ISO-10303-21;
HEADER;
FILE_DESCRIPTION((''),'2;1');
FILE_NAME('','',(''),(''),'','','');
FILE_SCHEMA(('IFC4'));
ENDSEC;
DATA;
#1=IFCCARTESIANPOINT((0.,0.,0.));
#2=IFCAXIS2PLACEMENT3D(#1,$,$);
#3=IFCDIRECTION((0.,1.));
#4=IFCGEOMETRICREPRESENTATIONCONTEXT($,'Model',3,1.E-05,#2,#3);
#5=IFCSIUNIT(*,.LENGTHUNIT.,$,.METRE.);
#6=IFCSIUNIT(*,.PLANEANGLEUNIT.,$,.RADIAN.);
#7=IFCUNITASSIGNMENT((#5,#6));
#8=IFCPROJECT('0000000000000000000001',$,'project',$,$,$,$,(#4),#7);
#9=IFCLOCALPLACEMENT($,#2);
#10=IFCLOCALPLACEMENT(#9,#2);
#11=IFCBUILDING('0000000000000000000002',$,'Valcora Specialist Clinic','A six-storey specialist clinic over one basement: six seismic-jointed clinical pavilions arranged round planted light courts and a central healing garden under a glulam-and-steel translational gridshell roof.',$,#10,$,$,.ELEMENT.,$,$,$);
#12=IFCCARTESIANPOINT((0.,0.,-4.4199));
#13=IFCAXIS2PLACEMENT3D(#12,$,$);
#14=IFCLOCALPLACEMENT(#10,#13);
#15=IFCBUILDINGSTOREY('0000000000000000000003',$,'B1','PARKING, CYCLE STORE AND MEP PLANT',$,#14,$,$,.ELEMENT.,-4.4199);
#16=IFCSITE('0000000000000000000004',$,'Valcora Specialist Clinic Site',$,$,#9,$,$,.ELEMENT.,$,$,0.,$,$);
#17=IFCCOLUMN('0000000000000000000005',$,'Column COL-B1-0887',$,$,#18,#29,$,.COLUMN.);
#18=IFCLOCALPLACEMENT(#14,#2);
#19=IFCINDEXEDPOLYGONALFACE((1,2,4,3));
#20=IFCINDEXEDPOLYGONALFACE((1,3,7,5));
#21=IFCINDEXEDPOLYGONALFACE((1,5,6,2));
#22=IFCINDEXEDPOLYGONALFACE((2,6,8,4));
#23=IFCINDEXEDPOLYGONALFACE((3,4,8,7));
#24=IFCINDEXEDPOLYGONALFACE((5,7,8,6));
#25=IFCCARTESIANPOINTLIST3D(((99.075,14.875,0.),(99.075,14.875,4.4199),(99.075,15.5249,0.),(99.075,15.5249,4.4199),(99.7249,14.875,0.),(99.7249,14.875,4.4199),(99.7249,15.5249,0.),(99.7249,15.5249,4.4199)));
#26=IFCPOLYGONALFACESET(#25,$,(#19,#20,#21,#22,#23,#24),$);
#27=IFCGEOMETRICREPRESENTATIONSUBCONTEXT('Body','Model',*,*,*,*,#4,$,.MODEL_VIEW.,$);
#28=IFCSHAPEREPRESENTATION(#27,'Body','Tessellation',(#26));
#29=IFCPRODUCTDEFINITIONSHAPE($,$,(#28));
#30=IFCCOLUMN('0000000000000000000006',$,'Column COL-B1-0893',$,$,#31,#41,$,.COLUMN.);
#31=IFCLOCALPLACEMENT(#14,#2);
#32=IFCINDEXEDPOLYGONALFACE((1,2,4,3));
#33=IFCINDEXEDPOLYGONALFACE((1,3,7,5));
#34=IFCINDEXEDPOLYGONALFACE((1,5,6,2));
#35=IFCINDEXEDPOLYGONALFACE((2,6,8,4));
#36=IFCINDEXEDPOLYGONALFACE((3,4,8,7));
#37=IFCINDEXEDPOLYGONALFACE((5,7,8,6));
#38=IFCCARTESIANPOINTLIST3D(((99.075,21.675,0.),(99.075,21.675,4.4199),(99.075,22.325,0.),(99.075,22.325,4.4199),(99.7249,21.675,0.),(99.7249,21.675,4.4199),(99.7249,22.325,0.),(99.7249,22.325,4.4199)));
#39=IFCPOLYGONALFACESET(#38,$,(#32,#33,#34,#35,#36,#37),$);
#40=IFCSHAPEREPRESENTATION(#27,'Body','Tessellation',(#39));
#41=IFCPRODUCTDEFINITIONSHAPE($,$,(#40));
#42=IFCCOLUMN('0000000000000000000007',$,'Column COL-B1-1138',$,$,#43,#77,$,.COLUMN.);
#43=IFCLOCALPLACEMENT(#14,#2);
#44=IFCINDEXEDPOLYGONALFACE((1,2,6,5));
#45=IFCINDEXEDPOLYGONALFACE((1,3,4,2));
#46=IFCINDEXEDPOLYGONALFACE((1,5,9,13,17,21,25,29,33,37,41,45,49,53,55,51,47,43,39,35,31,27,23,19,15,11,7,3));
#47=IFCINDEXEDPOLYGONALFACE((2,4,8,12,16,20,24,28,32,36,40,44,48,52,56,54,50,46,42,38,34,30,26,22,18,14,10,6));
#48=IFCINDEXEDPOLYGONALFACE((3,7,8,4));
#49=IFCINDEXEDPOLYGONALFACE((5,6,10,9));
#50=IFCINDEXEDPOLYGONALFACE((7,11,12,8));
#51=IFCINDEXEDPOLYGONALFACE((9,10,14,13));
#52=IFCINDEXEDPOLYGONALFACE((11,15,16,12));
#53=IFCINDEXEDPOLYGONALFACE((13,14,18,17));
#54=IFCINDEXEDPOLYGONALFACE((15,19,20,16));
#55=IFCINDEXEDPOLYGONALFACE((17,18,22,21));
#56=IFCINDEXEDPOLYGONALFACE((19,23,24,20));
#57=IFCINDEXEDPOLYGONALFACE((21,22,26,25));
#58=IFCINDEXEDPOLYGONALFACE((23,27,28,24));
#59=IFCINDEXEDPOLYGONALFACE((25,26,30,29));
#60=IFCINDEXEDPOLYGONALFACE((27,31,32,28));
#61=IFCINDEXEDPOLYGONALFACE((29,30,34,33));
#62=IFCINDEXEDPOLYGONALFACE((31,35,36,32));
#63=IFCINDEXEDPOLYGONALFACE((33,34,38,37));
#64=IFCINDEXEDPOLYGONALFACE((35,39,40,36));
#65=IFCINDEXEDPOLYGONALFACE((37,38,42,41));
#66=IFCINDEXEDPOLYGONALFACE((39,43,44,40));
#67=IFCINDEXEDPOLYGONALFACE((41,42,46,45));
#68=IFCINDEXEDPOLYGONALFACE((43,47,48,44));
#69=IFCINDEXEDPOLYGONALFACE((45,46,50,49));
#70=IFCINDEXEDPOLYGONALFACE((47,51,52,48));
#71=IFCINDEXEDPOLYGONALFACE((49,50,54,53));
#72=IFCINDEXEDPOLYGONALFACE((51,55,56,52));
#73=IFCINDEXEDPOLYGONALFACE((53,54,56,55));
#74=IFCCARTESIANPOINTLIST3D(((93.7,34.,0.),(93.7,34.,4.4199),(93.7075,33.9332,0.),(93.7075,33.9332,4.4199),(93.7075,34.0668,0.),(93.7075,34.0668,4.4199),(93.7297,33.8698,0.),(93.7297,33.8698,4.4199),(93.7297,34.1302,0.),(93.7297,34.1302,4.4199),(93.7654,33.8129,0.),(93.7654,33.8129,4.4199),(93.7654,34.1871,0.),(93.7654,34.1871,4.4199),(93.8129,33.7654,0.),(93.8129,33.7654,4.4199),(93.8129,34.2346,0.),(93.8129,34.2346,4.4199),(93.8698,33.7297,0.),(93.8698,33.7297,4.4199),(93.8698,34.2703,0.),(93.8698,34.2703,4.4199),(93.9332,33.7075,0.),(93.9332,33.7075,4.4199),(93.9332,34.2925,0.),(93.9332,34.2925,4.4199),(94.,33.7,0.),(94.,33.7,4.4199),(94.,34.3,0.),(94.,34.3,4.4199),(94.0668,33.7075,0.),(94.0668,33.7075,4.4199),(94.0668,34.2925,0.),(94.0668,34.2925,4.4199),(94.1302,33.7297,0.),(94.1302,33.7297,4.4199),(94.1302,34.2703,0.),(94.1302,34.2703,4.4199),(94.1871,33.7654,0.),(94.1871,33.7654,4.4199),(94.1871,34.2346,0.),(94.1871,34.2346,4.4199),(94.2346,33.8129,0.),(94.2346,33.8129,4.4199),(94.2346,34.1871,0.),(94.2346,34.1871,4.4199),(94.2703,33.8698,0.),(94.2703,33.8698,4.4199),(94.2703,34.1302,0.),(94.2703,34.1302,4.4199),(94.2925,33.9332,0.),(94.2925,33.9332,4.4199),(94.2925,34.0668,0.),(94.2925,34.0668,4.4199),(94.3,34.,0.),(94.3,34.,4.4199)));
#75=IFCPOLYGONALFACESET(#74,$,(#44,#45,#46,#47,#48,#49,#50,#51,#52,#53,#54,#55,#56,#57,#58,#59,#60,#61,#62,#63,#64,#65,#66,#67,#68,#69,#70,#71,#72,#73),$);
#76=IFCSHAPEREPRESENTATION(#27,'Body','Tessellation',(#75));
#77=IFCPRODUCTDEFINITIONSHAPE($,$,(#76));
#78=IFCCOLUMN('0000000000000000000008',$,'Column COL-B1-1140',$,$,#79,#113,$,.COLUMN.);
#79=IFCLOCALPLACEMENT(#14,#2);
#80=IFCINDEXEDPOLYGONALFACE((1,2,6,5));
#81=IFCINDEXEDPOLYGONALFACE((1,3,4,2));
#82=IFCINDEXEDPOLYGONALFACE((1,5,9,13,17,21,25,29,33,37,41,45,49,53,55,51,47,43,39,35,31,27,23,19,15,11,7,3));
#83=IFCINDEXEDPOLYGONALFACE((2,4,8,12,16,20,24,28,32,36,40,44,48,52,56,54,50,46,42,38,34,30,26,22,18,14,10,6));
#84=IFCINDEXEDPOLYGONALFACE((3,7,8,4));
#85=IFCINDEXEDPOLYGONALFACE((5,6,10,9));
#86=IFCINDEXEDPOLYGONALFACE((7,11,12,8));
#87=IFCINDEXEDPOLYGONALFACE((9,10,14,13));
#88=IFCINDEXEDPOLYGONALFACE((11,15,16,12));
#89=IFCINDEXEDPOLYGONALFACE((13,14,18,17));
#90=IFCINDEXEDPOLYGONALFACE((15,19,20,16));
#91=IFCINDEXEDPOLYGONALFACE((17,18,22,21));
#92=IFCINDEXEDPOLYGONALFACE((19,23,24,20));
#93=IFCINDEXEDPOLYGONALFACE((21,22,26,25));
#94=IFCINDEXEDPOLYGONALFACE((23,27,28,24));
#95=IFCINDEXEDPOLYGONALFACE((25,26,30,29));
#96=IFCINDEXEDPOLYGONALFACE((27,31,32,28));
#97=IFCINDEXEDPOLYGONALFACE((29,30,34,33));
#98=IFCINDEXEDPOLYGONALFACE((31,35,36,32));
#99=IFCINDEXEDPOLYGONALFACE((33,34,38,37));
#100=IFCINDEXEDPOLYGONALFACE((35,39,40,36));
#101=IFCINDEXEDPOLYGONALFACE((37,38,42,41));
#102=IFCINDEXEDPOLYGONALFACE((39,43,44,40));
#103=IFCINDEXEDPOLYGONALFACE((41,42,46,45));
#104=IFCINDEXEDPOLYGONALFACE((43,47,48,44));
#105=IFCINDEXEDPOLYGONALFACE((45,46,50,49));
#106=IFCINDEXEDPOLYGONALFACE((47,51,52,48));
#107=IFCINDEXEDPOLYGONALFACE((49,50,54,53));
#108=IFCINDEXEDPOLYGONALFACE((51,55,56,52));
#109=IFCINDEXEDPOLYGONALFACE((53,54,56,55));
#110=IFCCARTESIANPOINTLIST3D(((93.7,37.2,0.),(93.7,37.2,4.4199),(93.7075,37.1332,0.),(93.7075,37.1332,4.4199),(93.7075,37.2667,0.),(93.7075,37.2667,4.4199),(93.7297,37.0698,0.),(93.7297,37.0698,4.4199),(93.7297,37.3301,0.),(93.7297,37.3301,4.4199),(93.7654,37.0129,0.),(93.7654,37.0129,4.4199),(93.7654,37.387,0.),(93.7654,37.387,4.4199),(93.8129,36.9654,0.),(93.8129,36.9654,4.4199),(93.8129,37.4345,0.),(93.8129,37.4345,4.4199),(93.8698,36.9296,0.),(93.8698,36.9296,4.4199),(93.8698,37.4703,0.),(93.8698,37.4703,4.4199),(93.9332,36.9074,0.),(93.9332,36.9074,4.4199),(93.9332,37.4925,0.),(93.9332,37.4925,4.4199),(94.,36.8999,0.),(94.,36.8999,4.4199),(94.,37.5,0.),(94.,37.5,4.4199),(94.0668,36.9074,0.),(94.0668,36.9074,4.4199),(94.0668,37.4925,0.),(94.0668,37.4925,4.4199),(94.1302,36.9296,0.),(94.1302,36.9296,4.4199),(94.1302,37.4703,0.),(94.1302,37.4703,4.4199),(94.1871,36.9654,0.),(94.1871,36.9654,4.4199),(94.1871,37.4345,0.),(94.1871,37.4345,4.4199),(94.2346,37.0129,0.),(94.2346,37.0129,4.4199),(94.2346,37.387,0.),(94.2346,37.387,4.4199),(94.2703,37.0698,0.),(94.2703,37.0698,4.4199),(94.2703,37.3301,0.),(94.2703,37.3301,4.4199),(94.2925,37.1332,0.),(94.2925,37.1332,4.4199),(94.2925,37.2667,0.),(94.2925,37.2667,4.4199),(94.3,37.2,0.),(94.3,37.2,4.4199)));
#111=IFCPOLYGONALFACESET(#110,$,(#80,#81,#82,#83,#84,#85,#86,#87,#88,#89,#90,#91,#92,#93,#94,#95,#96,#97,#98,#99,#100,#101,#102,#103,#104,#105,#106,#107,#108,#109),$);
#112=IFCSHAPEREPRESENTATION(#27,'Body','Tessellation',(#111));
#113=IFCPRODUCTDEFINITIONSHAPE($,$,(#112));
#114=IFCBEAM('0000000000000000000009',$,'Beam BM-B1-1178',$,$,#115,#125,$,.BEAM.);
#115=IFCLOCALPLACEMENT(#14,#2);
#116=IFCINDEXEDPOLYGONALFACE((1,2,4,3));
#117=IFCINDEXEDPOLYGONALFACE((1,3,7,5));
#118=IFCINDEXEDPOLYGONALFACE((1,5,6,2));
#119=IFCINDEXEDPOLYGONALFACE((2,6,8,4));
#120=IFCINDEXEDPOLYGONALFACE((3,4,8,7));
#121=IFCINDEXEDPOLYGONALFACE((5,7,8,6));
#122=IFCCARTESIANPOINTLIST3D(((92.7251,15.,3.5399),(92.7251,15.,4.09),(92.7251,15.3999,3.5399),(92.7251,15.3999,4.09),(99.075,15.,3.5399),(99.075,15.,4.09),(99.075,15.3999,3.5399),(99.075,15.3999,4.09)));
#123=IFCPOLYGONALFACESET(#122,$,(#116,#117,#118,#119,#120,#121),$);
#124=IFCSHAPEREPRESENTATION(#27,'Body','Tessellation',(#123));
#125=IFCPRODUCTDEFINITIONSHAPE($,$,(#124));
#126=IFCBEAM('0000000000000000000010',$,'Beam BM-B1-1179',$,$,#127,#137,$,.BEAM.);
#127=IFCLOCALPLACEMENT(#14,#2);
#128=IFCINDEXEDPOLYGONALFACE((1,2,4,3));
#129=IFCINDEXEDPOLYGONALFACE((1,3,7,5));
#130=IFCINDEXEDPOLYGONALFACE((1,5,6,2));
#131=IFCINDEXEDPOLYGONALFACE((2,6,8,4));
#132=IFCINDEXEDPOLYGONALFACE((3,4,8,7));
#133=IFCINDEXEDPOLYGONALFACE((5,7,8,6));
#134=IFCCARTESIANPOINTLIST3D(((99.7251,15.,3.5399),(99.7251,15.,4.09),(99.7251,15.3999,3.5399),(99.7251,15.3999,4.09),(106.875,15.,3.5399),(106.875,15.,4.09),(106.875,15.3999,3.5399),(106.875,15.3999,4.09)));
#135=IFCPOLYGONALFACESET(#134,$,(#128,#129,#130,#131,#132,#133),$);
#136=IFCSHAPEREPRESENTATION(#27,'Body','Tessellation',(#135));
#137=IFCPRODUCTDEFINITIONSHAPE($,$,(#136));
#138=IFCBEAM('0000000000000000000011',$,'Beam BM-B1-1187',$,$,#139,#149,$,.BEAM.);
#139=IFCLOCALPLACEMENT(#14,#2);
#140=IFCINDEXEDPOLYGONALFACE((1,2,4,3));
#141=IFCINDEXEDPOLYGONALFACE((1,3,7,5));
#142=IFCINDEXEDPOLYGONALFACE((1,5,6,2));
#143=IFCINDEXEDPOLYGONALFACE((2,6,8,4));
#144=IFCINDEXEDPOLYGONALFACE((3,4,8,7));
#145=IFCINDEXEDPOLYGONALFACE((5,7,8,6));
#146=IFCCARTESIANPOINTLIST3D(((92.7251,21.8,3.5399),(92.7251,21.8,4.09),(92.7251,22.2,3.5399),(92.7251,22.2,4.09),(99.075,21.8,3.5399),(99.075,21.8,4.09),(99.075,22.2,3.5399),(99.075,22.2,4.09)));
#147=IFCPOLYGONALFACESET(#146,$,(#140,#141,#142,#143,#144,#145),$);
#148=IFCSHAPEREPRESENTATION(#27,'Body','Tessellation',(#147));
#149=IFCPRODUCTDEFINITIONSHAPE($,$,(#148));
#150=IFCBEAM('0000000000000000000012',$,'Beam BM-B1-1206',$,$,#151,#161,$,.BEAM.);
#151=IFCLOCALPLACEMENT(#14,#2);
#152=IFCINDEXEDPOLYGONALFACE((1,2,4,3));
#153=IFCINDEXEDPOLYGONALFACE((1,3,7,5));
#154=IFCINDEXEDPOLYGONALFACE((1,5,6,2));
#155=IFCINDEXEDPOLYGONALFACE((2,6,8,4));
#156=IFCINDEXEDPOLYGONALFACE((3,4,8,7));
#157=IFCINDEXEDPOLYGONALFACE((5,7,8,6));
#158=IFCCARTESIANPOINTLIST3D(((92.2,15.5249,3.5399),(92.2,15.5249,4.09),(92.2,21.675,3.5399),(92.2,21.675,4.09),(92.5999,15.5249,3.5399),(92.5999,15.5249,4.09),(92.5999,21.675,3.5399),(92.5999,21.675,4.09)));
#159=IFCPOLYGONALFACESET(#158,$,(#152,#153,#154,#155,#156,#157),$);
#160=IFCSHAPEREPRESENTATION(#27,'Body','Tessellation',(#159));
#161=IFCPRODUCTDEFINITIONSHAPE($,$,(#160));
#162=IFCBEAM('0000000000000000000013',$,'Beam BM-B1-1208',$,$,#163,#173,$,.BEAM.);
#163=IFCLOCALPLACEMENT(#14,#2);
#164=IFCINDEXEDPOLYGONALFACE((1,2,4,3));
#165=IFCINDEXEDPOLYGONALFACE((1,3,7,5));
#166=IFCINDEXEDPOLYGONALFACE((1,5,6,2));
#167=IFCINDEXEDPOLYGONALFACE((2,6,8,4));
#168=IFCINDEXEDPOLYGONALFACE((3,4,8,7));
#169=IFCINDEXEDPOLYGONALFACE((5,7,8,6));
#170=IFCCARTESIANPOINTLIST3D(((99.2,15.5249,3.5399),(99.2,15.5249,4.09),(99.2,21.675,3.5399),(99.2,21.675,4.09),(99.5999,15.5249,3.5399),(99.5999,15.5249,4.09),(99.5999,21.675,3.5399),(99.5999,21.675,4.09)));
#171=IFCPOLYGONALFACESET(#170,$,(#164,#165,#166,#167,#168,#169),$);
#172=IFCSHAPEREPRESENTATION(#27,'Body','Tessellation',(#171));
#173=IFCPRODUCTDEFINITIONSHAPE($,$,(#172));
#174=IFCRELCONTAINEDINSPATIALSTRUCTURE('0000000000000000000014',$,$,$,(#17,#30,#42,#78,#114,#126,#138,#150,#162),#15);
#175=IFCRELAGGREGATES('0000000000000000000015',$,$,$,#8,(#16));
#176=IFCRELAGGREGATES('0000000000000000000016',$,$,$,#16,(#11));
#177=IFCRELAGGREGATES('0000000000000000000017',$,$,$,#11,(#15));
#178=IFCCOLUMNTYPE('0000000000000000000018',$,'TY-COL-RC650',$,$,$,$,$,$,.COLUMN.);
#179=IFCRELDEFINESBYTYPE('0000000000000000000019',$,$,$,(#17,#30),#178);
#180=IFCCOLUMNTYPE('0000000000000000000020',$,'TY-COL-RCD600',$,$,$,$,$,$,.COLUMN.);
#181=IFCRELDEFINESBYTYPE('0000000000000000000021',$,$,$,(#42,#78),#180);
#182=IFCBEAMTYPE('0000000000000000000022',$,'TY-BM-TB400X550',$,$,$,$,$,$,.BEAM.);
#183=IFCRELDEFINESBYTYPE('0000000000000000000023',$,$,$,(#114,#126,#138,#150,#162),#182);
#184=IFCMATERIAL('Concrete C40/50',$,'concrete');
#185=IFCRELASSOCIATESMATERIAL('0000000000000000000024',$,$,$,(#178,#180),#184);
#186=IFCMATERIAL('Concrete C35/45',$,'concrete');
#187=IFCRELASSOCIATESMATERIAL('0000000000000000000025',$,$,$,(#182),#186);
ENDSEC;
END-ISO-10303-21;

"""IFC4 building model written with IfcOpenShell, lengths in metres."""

from ifc_helpers import new_model, si_unit, direction, frame, origin, origin_2d, place, context, subcontext, project, spatial, rectangle, circle, extrude, material, material_profile, profile_set, type_object, element, save


model = new_model("IFC4")

# Units and contexts
model_context = context("Model", 3, precision=1e-05, world=origin(), true_north=direction((0.0, 1.0)))
body_context = subcontext(model_context, "Body", "Model", "MODEL_VIEW")
ifc_project = project(units=[si_unit("LENGTHUNIT", "METRE"), si_unit("PLANEANGLEUNIT", "RADIAN")], contexts=[model_context])

# Site, building, storey
site_placement = place(None, origin())
site = spatial("IfcSite", under=ifc_project, at=site_placement, Name="Valcora Specialist Clinic Site", CompositionType="ELEMENT", RefElevation=0.0)
building_placement = place(site_placement, origin())
building = spatial("IfcBuilding", under=site, at=building_placement, Name="Valcora Specialist Clinic", Description="A six-storey specialist clinic over one basement: six seismic-jointed clinical pavilions arranged round planted light courts and a central healing garden under a glulam-and-steel translational gridshell roof.", CompositionType="ELEMENT")
storey_placement = place(building_placement, frame((0.0, 0.0, -4.4199)))
storey = spatial("IfcBuildingStorey", under=building, at=storey_placement, Name="B1", Description="PARKING, CYCLE STORE AND MEP PLANT", CompositionType="ELEMENT", Elevation=-4.4199)

# Shared definitions
ifc_material_1 = material(Name="Concrete C35/45", Category="concrete")

# Columns
ifc_material_2 = material(Name="Concrete C40/50", Category="concrete")
ifc_material_profile_1 = material_profile(ifc_material_2, rectangle(XDim=0.6499, YDim=0.6499, at=origin_2d()), Name="RC-COL-650X650")
ifc_profile_set_1 = profile_set([ifc_material_profile_1], Name="Concrete C40/50")
column_type_1 = type_object("IfcColumnType", Name="TY-COL-RC650", PredefinedType="COLUMN", material=ifc_profile_set_1)
for number, where, z_axis, x_axis, name in (
    (1, (99.3999, 15.2, 0.0), (0.0, 0.0, 1.0), (1.0, 0.0, 0.0), "Column COL-B1-0887"),
    (2, (99.3999, 22.0, 0.0), (0.0, 0.0, 1.0), (1.0, 0.0, 0.0), "Column COL-B1-0893"),
):
    element("IfcColumn", number, at=place(storey_placement, frame(where, z_axis=z_axis, x_axis=x_axis)), inside=storey, type_object=column_type_1, Name=name, PredefinedType="COLUMN", context=body_context, shape_type="SweptSolid", body=[
        extrude(rectangle(XDim=0.6499, YDim=0.6499, at=origin_2d()), origin(), (0.0, 0.0, 1.0), 4.4199),
    ])
ifc_material_profile_2 = material_profile(ifc_material_2, circle(Radius=0.3, at=origin_2d()), Name="RC-COL-D600")
ifc_profile_set_2 = profile_set([ifc_material_profile_2], Name="Concrete C40/50")
column_type_2 = type_object("IfcColumnType", Name="TY-COL-RCD600", PredefinedType="COLUMN", material=ifc_profile_set_2)
for number, where, z_axis, x_axis, name in (
    (3, (94.0, 34.0, 0.0), (0.0, 0.0, 1.0), (1.0, 0.0, 0.0), "Column COL-B1-1138"),
    (4, (94.0, 37.2, 0.0), (0.0, 0.0, 1.0), (1.0, 0.0, 0.0), "Column COL-B1-1140"),
):
    element("IfcColumn", number, at=place(storey_placement, frame(where, z_axis=z_axis, x_axis=x_axis)), inside=storey, type_object=column_type_2, Name=name, PredefinedType="COLUMN", context=body_context, shape_type="SweptSolid", body=[
        extrude(circle(Radius=0.3, at=origin_2d()), origin(), (0.0, 0.0, 1.0), 4.4199),
    ])

# Beams
ifc_material_profile_3 = material_profile(ifc_material_1, rectangle(XDim=0.3999, YDim=0.55, at=origin_2d()), Name="RC-TB-400X550")
ifc_profile_set_3 = profile_set([ifc_material_profile_3], Name="Concrete C35/45")
beam_type = type_object("IfcBeamType", Name="TY-BM-TB400X550", PredefinedType="BEAM", material=ifc_profile_set_3)
beam_1_placement = place(storey_placement, frame((92.7251, 15.2, 3.8149), z_axis=(1.0, 0.0, 0.0), x_axis=(0.0, 1.0, 0.0)))
element("IfcBeam", 5, at=beam_1_placement, inside=storey, type_object=beam_type, Name="Beam BM-B1-1178", PredefinedType="BEAM", context=body_context, shape_type="SweptSolid", body=[
    extrude(rectangle(XDim=0.3999, YDim=0.55, at=origin_2d()), origin(), (0.0, 0.0, 1.0), 6.3499),
])
beam_2_placement = place(storey_placement, frame((99.7251, 15.2, 3.8149), z_axis=(1.0, 0.0, 0.0), x_axis=(0.0, 1.0, 0.0)))
element("IfcBeam", 6, at=beam_2_placement, inside=storey, type_object=beam_type, Name="Beam BM-B1-1179", PredefinedType="BEAM", context=body_context, shape_type="SweptSolid", body=[
    extrude(rectangle(XDim=0.3999, YDim=0.55, at=origin_2d()), origin(), (0.0, 0.0, 1.0), 7.1499),
])
beam_3_placement = place(storey_placement, frame((92.7251, 22.0, 3.8149), z_axis=(1.0, 0.0, 0.0), x_axis=(0.0, 1.0, 0.0)))
element("IfcBeam", 7, at=beam_3_placement, inside=storey, type_object=beam_type, Name="Beam BM-B1-1187", PredefinedType="BEAM", context=body_context, shape_type="SweptSolid", body=[
    extrude(rectangle(XDim=0.3999, YDim=0.55, at=origin_2d()), origin(), (0.0, 0.0, 1.0), 6.3499),
])
for number, where, z_axis, x_axis, name in (
    (8, (92.3999, 15.5249, 3.8149), (0.0, 1.0, 0.0), (-1.0, 0.0, 0.0), "Beam BM-B1-1206"),
    (9, (99.3999, 15.5249, 3.8149), (0.0, 1.0, 0.0), (-1.0, 0.0, 0.0), "Beam BM-B1-1208"),
):
    element("IfcBeam", number, at=place(storey_placement, frame(where, z_axis=z_axis, x_axis=x_axis)), inside=storey, type_object=beam_type, Name=name, PredefinedType="BEAM", context=body_context, shape_type="SweptSolid", body=[
        extrude(rectangle(XDim=0.3999, YDim=0.55, at=origin_2d()), origin(), (0.0, 0.0, 1.0), 6.1501),
    ])

save(model, "model.ifc")
